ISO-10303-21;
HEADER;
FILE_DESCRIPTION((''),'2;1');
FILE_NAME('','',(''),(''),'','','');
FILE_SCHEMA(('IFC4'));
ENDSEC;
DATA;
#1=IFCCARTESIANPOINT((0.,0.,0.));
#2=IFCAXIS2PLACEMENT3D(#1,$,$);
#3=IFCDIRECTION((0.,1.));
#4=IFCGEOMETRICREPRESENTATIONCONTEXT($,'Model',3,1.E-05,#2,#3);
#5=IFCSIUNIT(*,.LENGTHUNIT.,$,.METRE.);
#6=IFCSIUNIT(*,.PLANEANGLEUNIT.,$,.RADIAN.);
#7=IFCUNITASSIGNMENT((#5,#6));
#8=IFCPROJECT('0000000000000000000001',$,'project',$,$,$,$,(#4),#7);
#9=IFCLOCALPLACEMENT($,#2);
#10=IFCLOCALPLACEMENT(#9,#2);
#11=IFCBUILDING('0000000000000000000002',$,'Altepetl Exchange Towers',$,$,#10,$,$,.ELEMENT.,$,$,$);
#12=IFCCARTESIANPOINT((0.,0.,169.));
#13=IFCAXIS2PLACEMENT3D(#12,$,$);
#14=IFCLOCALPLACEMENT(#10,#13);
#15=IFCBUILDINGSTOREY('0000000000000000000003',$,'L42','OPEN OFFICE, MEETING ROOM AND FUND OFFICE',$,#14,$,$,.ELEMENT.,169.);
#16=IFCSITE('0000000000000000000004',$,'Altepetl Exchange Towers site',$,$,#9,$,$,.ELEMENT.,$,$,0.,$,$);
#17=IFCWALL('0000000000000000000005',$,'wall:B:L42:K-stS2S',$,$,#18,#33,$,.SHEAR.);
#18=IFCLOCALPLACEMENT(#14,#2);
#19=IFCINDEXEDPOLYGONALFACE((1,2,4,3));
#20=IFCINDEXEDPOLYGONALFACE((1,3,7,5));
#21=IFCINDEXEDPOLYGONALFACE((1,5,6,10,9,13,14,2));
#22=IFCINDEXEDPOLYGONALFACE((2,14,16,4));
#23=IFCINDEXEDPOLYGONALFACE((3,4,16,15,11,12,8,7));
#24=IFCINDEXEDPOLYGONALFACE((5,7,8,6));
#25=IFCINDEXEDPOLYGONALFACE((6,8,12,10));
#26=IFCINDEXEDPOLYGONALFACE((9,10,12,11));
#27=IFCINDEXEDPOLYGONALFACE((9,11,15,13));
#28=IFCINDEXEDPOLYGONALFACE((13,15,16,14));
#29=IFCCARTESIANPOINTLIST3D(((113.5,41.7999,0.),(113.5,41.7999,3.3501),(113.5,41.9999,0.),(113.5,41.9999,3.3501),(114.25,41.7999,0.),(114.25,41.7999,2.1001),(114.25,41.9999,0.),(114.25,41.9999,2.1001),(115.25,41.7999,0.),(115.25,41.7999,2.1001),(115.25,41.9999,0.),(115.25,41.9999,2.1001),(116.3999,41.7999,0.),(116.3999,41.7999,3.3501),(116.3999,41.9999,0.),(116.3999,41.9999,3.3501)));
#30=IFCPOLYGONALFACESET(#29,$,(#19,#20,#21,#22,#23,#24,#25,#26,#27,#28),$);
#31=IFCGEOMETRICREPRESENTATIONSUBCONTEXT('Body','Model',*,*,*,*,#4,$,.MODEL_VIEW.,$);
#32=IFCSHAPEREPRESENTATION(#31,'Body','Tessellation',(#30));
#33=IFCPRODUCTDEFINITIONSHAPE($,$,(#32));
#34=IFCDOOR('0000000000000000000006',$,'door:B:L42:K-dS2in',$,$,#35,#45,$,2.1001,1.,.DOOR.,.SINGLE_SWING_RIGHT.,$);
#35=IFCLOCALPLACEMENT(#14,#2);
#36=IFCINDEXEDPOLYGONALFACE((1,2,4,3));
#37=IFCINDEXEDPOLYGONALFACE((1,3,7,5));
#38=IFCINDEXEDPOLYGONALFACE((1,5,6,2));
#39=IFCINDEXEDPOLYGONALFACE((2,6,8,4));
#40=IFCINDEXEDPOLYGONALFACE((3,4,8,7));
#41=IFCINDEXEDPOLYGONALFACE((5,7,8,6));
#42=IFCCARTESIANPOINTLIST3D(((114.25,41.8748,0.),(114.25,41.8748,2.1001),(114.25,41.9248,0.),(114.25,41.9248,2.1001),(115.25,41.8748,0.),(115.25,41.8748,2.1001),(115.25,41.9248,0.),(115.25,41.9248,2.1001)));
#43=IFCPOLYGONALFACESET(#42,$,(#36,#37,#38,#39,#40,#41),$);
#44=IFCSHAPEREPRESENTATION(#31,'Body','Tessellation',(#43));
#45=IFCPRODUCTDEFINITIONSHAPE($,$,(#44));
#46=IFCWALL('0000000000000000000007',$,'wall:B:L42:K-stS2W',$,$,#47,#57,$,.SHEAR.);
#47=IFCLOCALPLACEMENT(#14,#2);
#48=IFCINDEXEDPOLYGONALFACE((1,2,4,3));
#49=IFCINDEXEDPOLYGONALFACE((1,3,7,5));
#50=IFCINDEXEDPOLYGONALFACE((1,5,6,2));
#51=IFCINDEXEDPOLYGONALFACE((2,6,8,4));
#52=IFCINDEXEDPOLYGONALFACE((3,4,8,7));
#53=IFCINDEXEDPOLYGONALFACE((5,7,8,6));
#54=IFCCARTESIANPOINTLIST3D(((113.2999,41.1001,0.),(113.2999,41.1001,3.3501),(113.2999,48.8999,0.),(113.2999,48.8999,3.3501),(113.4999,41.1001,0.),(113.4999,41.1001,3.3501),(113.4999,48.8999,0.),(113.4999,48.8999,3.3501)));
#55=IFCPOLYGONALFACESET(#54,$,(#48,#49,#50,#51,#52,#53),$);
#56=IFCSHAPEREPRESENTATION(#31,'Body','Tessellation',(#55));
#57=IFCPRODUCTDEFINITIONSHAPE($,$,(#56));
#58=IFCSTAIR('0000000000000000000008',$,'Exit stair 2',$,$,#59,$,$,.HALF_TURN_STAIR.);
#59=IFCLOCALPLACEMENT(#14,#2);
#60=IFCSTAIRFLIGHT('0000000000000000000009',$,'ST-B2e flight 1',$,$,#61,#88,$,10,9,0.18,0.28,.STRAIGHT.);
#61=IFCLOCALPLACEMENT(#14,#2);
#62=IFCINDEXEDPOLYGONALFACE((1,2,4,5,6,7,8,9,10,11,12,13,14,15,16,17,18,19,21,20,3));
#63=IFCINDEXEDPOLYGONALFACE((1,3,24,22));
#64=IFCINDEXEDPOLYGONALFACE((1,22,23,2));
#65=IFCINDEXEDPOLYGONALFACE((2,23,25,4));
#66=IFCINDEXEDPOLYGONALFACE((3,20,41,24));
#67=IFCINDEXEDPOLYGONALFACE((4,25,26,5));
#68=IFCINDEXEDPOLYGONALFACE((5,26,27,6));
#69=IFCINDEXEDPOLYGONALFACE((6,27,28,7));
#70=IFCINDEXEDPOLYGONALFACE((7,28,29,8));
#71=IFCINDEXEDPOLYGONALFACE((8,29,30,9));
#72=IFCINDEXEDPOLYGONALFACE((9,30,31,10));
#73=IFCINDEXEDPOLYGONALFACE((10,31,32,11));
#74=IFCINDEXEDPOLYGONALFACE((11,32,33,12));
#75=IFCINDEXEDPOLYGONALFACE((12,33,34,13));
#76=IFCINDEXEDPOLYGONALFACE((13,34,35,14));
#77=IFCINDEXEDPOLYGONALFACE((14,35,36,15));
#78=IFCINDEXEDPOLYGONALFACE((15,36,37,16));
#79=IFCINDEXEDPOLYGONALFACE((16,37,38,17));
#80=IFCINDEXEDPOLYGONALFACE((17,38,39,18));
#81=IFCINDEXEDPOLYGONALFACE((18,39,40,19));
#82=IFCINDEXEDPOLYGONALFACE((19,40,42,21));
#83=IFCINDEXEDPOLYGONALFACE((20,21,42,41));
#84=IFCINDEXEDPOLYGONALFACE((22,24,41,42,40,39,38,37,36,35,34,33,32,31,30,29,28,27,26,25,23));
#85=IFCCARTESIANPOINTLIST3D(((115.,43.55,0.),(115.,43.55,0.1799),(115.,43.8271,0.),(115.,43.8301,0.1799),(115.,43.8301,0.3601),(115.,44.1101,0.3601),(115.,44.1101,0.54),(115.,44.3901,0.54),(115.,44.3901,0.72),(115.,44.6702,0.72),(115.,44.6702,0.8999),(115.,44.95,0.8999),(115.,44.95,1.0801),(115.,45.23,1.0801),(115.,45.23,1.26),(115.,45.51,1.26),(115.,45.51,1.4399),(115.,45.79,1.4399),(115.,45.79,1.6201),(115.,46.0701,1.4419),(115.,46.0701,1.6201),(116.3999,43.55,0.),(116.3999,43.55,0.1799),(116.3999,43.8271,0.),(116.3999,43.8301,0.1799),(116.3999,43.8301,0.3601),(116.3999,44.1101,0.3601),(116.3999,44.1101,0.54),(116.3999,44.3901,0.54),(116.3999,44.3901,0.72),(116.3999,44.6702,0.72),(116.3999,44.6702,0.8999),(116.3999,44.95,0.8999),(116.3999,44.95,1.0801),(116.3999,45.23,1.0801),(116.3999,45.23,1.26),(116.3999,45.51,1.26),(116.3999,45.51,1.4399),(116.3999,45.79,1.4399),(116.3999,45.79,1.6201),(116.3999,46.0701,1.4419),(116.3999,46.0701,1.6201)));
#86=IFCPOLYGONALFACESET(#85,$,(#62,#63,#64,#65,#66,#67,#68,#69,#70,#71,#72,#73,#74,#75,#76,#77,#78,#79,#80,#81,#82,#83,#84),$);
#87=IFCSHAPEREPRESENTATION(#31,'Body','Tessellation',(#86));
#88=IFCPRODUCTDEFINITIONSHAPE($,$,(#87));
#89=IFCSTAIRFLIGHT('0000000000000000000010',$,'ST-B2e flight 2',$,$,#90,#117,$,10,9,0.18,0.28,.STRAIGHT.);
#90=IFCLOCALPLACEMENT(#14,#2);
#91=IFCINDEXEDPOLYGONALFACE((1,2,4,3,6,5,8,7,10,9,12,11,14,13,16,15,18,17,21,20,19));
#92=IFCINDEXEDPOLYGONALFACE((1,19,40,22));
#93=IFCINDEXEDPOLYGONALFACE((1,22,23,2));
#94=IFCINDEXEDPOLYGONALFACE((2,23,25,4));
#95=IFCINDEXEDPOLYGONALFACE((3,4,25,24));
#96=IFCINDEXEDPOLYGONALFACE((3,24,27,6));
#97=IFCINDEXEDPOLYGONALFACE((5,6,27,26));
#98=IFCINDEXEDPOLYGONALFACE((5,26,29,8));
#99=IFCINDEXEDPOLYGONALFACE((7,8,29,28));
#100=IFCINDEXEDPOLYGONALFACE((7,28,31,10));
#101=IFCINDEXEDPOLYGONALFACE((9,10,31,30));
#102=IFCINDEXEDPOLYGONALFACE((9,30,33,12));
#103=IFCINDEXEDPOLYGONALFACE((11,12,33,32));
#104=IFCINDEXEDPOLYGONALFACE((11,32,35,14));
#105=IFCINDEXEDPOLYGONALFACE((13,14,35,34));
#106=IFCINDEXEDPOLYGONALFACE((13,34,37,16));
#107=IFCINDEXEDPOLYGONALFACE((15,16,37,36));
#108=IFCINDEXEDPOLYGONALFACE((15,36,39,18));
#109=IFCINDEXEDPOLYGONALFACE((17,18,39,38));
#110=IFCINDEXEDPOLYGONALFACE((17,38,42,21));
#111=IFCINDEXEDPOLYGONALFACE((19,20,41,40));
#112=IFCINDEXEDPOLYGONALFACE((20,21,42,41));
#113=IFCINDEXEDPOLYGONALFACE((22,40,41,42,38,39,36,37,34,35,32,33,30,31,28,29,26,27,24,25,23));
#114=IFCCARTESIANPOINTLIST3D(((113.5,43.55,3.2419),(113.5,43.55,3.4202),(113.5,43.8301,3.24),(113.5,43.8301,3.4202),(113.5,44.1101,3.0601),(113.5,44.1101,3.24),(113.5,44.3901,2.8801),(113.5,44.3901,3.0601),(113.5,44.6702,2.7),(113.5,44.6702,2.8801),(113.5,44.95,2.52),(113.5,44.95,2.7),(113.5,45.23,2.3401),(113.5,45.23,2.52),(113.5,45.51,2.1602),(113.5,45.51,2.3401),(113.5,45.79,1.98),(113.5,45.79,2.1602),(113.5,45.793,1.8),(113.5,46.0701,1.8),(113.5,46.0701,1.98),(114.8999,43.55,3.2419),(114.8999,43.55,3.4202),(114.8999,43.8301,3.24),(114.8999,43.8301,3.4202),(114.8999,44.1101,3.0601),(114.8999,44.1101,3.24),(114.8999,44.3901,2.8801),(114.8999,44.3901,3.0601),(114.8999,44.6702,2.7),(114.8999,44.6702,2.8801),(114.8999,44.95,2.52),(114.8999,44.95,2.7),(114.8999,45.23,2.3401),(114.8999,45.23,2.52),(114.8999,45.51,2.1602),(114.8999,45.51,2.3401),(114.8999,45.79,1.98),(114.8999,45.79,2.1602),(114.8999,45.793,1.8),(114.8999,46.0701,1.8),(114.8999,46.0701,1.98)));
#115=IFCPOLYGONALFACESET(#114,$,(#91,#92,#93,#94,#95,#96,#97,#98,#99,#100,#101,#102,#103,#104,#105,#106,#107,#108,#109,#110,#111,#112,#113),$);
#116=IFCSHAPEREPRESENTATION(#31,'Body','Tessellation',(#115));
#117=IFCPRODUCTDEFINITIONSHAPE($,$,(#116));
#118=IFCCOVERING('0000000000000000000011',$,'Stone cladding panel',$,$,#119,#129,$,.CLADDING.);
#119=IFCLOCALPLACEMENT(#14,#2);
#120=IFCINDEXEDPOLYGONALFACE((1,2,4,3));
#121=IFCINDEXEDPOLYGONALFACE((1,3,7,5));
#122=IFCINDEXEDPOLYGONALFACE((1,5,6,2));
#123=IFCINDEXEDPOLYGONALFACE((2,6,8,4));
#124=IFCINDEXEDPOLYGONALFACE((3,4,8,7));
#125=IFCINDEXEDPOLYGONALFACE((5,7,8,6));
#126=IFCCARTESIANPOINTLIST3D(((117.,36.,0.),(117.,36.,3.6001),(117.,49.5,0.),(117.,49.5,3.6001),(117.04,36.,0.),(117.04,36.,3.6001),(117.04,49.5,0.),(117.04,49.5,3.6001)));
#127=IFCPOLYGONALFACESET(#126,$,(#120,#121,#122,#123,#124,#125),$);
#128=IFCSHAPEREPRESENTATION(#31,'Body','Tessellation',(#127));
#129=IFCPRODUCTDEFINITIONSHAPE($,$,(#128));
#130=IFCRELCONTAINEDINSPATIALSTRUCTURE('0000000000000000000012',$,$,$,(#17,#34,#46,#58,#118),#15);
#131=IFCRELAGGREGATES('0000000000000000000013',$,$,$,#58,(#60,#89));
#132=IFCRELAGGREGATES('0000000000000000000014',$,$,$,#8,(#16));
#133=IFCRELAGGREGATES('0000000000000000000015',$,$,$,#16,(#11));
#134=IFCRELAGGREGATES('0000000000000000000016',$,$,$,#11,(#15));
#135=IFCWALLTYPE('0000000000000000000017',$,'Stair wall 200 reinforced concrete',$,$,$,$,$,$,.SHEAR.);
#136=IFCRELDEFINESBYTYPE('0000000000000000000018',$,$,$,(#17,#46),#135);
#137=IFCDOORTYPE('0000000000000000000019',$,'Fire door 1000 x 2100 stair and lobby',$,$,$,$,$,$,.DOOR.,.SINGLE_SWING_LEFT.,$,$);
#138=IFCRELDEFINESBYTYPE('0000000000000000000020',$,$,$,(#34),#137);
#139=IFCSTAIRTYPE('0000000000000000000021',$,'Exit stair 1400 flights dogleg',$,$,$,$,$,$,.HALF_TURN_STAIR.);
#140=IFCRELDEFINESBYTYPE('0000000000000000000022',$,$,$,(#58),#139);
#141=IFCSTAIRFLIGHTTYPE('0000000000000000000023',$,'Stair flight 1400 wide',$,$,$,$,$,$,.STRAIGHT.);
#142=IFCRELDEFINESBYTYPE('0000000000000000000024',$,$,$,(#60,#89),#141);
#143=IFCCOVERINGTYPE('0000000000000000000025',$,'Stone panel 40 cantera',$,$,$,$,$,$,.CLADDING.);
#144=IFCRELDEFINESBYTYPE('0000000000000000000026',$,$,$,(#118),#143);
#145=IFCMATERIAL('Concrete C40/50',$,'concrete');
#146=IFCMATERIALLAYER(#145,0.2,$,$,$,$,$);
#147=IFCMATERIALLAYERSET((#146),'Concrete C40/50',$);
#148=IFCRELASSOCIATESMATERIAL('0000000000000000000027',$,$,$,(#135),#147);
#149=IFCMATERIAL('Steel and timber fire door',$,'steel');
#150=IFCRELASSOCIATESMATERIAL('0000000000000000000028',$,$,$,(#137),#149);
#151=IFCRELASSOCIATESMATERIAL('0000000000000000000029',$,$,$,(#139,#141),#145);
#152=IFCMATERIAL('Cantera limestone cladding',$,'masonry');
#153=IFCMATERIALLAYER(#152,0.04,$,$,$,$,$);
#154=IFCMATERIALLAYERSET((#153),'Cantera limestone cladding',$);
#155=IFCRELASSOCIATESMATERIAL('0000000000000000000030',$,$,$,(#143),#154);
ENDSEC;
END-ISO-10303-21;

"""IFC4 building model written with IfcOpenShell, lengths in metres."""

from ifc_helpers import new_model, si_unit, direction, frame, frame_2d, origin, origin_2d, place, context, subcontext, project, spatial, polyline, rectangle, outline, extrude, material, layer, layer_set, type_object, element, fill, aggregate, save


model = new_model("IFC4")

# Units and contexts
model_context = context("Model", 3, precision=1e-05, world=origin(), true_north=direction((0.0, 1.0)))
body_context = subcontext(model_context, "Body", "Model", "MODEL_VIEW")
ifc_project = project(units=[si_unit("LENGTHUNIT", "METRE"), si_unit("PLANEANGLEUNIT", "RADIAN")], contexts=[model_context])

# Site, building, storey
site_placement = place(None, origin())
site = spatial("IfcSite", under=ifc_project, at=site_placement, Name="Altepetl Exchange Towers site", CompositionType="ELEMENT", RefElevation=0.0)
building_placement = place(site_placement, origin())
building = spatial("IfcBuilding", under=site, at=building_placement, Name="Altepetl Exchange Towers", CompositionType="ELEMENT")
storey_placement = place(building_placement, frame((0.0, 0.0, 169.0)))
storey = spatial("IfcBuildingStorey", under=building, at=storey_placement, Name="L42", Description="OPEN OFFICE, MEETING ROOM AND FUND OFFICE", CompositionType="ELEMENT", Elevation=169.0)

# Shared definitions
ifc_material_1 = material(Name="Steel and timber fire door", Category="steel")

# Shared definitions
ifc_material_2 = material(Name="Concrete C40/50", Category="concrete")

# Wall, opening, door
ifc_layer_1 = layer(ifc_material_2, 0.2)
ifc_layer_set_1 = layer_set([ifc_layer_1], Name="Concrete C40/50")
wall_type_1 = type_object("IfcWallType", Name="Stair wall 200 reinforced concrete", PredefinedType="SHEAR", material=ifc_layer_set_1)
wall_1_placement = place(storey_placement, frame((113.5, 41.8999, 0.0)))
wall_1 = element("IfcWall", 1, at=wall_1_placement, inside=storey, type_object=wall_type_1, Name="wall:B:L42:K-stS2S", PredefinedType="SHEAR", context=body_context, shape_type="SweptSolid", body=[
    extrude(rectangle(XDim=2.8999, YDim=0.2, at=frame_2d((1.45, 0.0))), origin(), (0.0, 0.0, 1.0), 3.3501),
])
opening_1_placement = place(wall_1_placement, frame((0.75, 0.0, 0.0)))
opening_1 = element("IfcOpeningElement", 2, at=opening_1_placement, cuts=wall_1, PredefinedType="OPENING", context=body_context, shape_type="SweptSolid", body=[
    extrude(rectangle(XDim=1.0, YDim=2.1001, at=frame_2d((0.5, 1.05))), frame((0.0, 0.1099, 0.0), z_axis=(0.0, -1.0, 0.0), x_axis=(1.0, 0.0, 0.0)), (0.0, 0.0, 1.0), 0.22),
])
door_type_1 = type_object("IfcDoorType", Name="Fire door 1000 x 2100 stair and lobby", OperationType="SINGLE_SWING_LEFT", PredefinedType="DOOR", material=ifc_material_1)
door_1_placement = place(opening_1_placement, origin())
door_1 = element("IfcDoor", 3, at=door_1_placement, inside=storey, type_object=door_type_1, Name="door:B:L42:K-dS2in", OperationType="SINGLE_SWING_RIGHT", OverallHeight=2.1001, OverallWidth=1.0, PredefinedType="DOOR", context=body_context, shape_type="SweptSolid", body=[
    extrude(rectangle(XDim=1.0, YDim=2.1001, at=frame_2d((0.5, 1.05))), frame((0.0, 0.0249, 0.0), z_axis=(0.0, -1.0, 0.0), x_axis=(1.0, 0.0, 0.0)), (0.0, 0.0, 1.0), 0.05),
])
fill(opening_1, door_1)

# Wall
wall_2_placement = place(storey_placement, frame((113.3999, 41.1001, 0.0), z_axis=(0.0, 0.0, 1.0), x_axis=(0.0, 1.0, 0.0)))
element("IfcWall", 4, at=wall_2_placement, inside=storey, type_object=wall_type_1, Name="wall:B:L42:K-stS2W", PredefinedType="SHEAR", context=body_context, shape_type="SweptSolid", body=[
    extrude(rectangle(XDim=7.7998, YDim=0.2, at=frame_2d((3.8999, 0.0))), origin(), (0.0, 0.0, 1.0), 3.3501),
])

# Stair, stair flights
stair_type = type_object("IfcStairType", Name="Exit stair 1400 flights dogleg", PredefinedType="HALF_TURN_STAIR", material=ifc_material_2)
stair_placement = place(storey_placement, origin())
stair = element("IfcStair", 5, at=stair_placement, inside=storey, type_object=stair_type, Name="Exit stair 2", PredefinedType="HALF_TURN_STAIR")
stair_flight_type = type_object("IfcStairFlightType", Name="Stair flight 1400 wide", PredefinedType="STRAIGHT", material=ifc_material_2)
stair_flight_1_placement = place(storey_placement, frame((115.7, 43.55, 0.0), z_axis=(0.0, 0.0, 1.0), x_axis=(0.0, 1.0, 0.0)))
stair_flight_1 = element("IfcStairFlight", 6, at=stair_flight_1_placement, type_object=stair_flight_type, Name="ST-B2e flight 1", NumberOfRisers=10, NumberOfTreads=9, PredefinedType="STRAIGHT", RiserHeight=0.18, TreadLength=0.28, context=body_context, shape_type="SweptSolid", body=[
    extrude(outline(polyline([(0.0, 0.0), (0.0, 0.1799), (0.28, 0.1799), (0.28, 0.3601), (0.5601, 0.3601), (0.5601, 0.54), (0.8401, 0.54), (0.8401, 0.72), (1.1201, 0.72), (1.1201, 0.8999), (1.3999, 0.8999), (1.3999, 1.0801), (1.6799, 1.0801), (1.6799, 1.26), (1.96, 1.26), (1.96, 1.4399), (2.24, 1.4399), (2.24, 1.6201), (2.52, 1.6201), (2.52, 1.8), (2.52, 1.4419), (0.2771, 0.0), (0.0, 0.0)])), frame((0.0, 0.7, 0.0), z_axis=(0.0, -1.0, 0.0), x_axis=(1.0, 0.0, 0.0)), (0.0, 0.0, 1.0), 1.3999),
])
stair_flight_2_placement = place(storey_placement, frame((114.2, 46.0701, 1.8), z_axis=(0.0, 0.0, 1.0), x_axis=(0.0, -1.0, 0.0)))
stair_flight_2 = element("IfcStairFlight", 7, at=stair_flight_2_placement, type_object=stair_flight_type, Name="ST-B2e flight 2", NumberOfRisers=10, NumberOfTreads=9, PredefinedType="STRAIGHT", RiserHeight=0.18, TreadLength=0.28, context=body_context, shape_type="SweptSolid", body=[
    extrude(outline(polyline([(0.0, 0.0), (0.0, 0.1799), (0.28, 0.1799), (0.28, 0.3601), (0.5601, 0.3601), (0.5601, 0.54), (0.8401, 0.54), (0.8401, 0.72), (1.1201, 0.72), (1.1201, 0.8999), (1.3999, 0.8999), (1.3999, 1.0801), (1.6799, 1.0801), (1.6799, 1.26), (1.96, 1.26), (1.96, 1.4399), (2.24, 1.4399), (2.24, 1.6201), (2.52, 1.6201), (2.52, 1.8), (2.52, 1.4419), (0.2771, 0.0), (0.0, 0.0)])), frame((0.0, 0.7, 0.0), z_axis=(0.0, -1.0, 0.0), x_axis=(1.0, 0.0, 0.0)), (0.0, 0.0, 1.0), 1.3999),
])
aggregate(stair, [stair_flight_1, stair_flight_2])

# Covering
ifc_material_3 = material(Name="Cantera limestone cladding", Category="masonry")
ifc_layer_2 = layer(ifc_material_3, 0.04)
ifc_layer_set_2 = layer_set([ifc_layer_2], Name="Cantera limestone cladding")
covering_type = type_object("IfcCoveringType", Name="Stone panel 40 cantera", PredefinedType="CLADDING", material=ifc_layer_set_2)
covering_placement = place(storey_placement, frame((117.02, 42.75, 0.0), z_axis=(0.0, 0.0, 1.0), x_axis=(0.0, 1.0, 0.0)))
element("IfcCovering", 8, at=covering_placement, inside=storey, type_object=covering_type, Name="Stone cladding panel", PredefinedType="CLADDING", context=body_context, shape_type="SweptSolid", body=[
    extrude(rectangle(XDim=13.5, YDim=0.04, at=origin_2d()), origin(), (0.0, 0.0, 1.0), 3.6001),
])

save(model, "model.ifc")
